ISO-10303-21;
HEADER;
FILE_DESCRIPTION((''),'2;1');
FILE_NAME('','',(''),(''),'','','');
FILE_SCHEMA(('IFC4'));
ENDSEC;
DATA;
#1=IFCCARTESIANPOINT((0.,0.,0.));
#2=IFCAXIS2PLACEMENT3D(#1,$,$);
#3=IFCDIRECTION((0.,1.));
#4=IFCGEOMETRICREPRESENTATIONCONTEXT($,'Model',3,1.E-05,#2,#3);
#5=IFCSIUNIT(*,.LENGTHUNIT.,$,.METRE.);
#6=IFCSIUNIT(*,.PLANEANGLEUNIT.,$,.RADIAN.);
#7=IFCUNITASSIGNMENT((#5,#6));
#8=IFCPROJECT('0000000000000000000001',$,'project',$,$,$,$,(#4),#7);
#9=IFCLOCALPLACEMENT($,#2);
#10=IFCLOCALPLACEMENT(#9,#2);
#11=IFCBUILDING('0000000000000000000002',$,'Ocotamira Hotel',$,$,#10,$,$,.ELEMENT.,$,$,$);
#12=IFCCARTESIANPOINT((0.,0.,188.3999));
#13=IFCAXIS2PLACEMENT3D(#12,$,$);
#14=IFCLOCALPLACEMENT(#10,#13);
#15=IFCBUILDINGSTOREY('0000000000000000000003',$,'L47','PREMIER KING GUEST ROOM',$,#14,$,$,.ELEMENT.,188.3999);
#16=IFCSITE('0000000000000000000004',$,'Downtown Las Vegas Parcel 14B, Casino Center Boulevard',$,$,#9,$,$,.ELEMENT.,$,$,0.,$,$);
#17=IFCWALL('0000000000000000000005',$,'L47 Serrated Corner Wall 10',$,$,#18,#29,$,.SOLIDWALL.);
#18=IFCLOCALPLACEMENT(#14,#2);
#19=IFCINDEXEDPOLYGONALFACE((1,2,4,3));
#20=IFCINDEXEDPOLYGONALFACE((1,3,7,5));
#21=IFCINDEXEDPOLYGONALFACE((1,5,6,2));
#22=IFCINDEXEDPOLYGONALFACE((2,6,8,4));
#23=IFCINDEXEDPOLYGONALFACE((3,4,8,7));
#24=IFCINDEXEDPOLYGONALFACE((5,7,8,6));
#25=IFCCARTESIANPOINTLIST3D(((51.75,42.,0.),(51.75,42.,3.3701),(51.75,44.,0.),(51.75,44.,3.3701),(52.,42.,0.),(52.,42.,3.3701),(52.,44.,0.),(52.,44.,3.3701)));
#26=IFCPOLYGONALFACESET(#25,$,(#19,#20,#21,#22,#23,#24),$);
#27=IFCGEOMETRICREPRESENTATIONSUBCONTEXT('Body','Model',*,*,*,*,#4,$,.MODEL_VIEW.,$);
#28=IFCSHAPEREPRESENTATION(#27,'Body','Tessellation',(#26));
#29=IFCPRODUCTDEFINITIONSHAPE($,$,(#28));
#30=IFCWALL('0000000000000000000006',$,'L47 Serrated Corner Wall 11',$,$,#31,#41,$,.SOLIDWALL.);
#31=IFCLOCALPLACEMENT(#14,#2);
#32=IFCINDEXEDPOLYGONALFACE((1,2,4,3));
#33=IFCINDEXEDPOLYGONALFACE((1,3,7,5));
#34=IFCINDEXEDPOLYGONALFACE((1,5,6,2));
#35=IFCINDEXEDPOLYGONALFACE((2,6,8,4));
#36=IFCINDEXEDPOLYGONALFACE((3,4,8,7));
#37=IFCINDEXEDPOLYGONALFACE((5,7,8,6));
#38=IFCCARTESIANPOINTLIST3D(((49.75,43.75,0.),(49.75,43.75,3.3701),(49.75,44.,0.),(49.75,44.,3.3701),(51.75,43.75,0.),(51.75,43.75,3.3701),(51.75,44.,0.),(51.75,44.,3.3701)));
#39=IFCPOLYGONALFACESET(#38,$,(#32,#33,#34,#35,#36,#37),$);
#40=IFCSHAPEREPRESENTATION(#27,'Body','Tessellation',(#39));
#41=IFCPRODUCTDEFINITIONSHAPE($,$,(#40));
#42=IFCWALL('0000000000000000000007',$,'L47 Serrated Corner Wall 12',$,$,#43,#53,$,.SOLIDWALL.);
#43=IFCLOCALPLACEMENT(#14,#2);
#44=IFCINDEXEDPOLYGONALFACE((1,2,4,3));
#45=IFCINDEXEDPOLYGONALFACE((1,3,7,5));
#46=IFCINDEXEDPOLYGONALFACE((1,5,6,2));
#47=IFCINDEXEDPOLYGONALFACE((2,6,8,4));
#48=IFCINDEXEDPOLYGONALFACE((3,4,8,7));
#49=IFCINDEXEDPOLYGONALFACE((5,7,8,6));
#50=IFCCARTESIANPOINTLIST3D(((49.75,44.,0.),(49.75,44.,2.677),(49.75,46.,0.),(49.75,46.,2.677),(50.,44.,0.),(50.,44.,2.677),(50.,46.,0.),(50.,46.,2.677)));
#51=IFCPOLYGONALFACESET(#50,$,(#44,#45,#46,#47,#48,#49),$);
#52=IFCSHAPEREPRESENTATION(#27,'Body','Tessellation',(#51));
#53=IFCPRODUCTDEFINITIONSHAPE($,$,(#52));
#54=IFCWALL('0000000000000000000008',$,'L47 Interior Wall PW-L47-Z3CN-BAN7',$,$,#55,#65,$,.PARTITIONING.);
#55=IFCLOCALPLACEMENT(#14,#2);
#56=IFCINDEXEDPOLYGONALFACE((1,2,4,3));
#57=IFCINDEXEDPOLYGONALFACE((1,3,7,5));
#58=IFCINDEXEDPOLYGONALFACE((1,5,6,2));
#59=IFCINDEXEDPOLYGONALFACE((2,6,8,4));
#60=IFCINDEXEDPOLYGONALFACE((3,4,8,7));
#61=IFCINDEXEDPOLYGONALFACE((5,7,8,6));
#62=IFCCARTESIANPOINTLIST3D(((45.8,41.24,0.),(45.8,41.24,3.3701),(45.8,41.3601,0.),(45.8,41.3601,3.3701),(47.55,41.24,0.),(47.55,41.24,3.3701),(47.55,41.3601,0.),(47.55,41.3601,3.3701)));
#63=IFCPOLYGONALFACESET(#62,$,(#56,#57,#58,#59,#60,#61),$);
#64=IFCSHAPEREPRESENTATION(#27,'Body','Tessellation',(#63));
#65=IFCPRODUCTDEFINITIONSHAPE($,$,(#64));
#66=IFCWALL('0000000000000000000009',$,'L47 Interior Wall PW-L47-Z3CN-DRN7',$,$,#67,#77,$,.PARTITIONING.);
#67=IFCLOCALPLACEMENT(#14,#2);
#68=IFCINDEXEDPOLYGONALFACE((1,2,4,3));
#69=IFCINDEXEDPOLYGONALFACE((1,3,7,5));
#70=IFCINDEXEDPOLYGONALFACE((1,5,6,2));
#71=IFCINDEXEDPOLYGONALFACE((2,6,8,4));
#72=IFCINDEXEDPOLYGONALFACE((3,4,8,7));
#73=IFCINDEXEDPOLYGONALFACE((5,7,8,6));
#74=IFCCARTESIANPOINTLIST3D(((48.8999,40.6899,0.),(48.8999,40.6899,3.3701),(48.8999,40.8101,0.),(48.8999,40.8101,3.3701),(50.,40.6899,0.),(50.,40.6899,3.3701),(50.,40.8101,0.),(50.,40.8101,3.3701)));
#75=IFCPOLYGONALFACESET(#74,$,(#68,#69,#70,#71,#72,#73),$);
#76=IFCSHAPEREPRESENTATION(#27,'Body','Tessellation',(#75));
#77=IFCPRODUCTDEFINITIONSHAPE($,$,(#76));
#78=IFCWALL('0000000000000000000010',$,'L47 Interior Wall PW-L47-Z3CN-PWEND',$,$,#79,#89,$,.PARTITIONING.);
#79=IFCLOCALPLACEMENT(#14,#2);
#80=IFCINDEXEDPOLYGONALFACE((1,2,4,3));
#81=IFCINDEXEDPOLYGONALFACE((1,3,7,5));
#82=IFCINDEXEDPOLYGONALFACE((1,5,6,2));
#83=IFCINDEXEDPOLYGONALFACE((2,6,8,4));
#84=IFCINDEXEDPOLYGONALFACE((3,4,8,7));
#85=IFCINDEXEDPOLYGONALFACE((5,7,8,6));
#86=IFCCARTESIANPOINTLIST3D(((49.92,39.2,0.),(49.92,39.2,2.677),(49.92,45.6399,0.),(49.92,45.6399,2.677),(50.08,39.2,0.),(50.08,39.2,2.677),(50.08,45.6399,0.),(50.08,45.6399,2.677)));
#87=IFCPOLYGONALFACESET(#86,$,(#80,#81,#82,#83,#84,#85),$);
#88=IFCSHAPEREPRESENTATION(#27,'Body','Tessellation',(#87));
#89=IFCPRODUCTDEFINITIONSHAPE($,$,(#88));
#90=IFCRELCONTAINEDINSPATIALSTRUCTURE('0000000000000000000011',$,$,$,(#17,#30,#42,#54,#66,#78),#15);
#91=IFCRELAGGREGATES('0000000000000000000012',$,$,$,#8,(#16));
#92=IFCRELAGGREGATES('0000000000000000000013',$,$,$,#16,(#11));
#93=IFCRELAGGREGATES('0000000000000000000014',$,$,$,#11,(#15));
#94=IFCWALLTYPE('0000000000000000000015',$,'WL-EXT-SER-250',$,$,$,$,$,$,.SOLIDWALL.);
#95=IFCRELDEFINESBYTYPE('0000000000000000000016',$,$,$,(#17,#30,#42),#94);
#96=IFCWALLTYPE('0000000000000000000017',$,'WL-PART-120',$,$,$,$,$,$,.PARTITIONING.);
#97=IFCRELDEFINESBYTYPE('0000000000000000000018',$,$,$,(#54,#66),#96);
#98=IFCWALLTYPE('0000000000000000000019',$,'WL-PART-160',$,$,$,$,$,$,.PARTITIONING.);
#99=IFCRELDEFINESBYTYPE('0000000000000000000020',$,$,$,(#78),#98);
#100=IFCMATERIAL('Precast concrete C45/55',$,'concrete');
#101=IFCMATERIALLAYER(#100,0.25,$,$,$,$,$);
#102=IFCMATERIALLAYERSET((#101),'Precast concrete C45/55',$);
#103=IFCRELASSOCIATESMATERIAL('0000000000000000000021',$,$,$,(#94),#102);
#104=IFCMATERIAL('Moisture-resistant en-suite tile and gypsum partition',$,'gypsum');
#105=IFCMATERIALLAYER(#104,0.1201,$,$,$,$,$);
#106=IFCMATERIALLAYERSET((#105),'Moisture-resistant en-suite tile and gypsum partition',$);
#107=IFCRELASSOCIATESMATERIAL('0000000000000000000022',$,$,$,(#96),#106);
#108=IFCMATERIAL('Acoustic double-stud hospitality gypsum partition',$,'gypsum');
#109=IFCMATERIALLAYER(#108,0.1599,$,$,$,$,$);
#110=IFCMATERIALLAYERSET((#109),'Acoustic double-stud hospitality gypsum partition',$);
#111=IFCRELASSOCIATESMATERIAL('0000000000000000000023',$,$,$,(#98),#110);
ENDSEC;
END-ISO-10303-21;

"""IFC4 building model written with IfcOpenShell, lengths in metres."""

from ifc_helpers import new_model, si_unit, direction, frame, frame_2d, origin, place, context, subcontext, project, spatial, rectangle, extrude, material, layer, layer_set, type_object, element, save


model = new_model("IFC4")

# Units and contexts
model_context = context("Model", 3, precision=1e-05, world=origin(), true_north=direction((0.0, 1.0)))
body_context = subcontext(model_context, "Body", "Model", "MODEL_VIEW")
ifc_project = project(units=[si_unit("LENGTHUNIT", "METRE"), si_unit("PLANEANGLEUNIT", "RADIAN")], contexts=[model_context])

# Site, building, storey
site_placement = place(None, origin())
site = spatial("IfcSite", under=ifc_project, at=site_placement, Name="Downtown Las Vegas Parcel 14B, Casino Center Boulevard", CompositionType="ELEMENT", RefElevation=0.0)
building_placement = place(site_placement, origin())
building = spatial("IfcBuilding", under=site, at=building_placement, Name="Ocotamira Hotel", CompositionType="ELEMENT")
storey_placement = place(building_placement, frame((0.0, 0.0, 188.3999)))
storey = spatial("IfcBuildingStorey", under=building, at=storey_placement, Name="L47", Description="PREMIER KING GUEST ROOM", CompositionType="ELEMENT", Elevation=188.3999)

# Walls
ifc_material_1 = material(Name="Precast concrete C45/55", Category="concrete")
ifc_layer_1 = layer(ifc_material_1, 0.25)
ifc_layer_set_1 = layer_set([ifc_layer_1], Name="Precast concrete C45/55")
wall_type_1 = type_object("IfcWallType", Name="WL-EXT-SER-250", PredefinedType="SOLIDWALL", material=ifc_layer_set_1)
for number, where, z_axis, x_axis, name in (
    (1, (51.875, 42.0, 0.0), (0.0, 0.0, 1.0), (0.0, 1.0, 0.0), "L47 Serrated Corner Wall 10"),
    (2, (51.75, 43.875, 0.0), (0.0, 0.0, 1.0), (-1.0, 0.0, 0.0), "L47 Serrated Corner Wall 11"),
):
    element("IfcWall", number, at=place(storey_placement, frame(where, z_axis=z_axis, x_axis=x_axis)), inside=storey, type_object=wall_type_1, Name=name, PredefinedType="SOLIDWALL", context=body_context, shape_type="SweptSolid", body=[
        extrude(rectangle(XDim=2.0, YDim=0.25, at=frame_2d((1.0, 0.0))), origin(), (0.0, 0.0, 1.0), 3.3701),
    ])
wall_1_placement = place(storey_placement, frame((49.875, 44.0, 0.0), z_axis=(0.0, 0.0, 1.0), x_axis=(0.0, 1.0, 0.0)))
element("IfcWall", 3, at=wall_1_placement, inside=storey, type_object=wall_type_1, Name="L47 Serrated Corner Wall 12", PredefinedType="SOLIDWALL", context=body_context, shape_type="SweptSolid", body=[
    extrude(rectangle(XDim=2.0, YDim=0.25, at=frame_2d((1.0, 0.0))), origin(), (0.0, 0.0, 1.0), 2.677),
])

# Walls
ifc_material_2 = material(Name="Moisture-resistant en-suite tile and gypsum partition", Category="gypsum")
ifc_layer_2 = layer(ifc_material_2, 0.1201)
ifc_layer_set_2 = layer_set([ifc_layer_2], Name="Moisture-resistant en-suite tile and gypsum partition")
wall_type_2 = type_object("IfcWallType", Name="WL-PART-120", PredefinedType="PARTITIONING", material=ifc_layer_set_2)
wall_2_placement = place(storey_placement, frame((45.8, 41.3, 0.0), z_axis=(0.0, 0.0, 1.0), x_axis=(1.0, 0.0, 0.0)))
element("IfcWall", 4, at=wall_2_placement, inside=storey, type_object=wall_type_2, Name="L47 Interior Wall PW-L47-Z3CN-BAN7", PredefinedType="PARTITIONING", context=body_context, shape_type="SweptSolid", body=[
    extrude(rectangle(XDim=1.75, YDim=0.1201, at=frame_2d((0.875, 0.0))), origin(), (0.0, 0.0, 1.0), 3.3701),
])
wall_3_placement = place(storey_placement, frame((48.8999, 40.75, 0.0), z_axis=(0.0, 0.0, 1.0), x_axis=(1.0, 0.0, 0.0)))
element("IfcWall", 5, at=wall_3_placement, inside=storey, type_object=wall_type_2, Name="L47 Interior Wall PW-L47-Z3CN-DRN7", PredefinedType="PARTITIONING", context=body_context, shape_type="SweptSolid", body=[
    extrude(rectangle(XDim=1.1001, YDim=0.1201, at=frame_2d((0.55, 0.0))), origin(), (0.0, 0.0, 1.0), 3.3701),
])
ifc_material_3 = material(Name="Acoustic double-stud hospitality gypsum partition", Category="gypsum")
ifc_layer_3 = layer(ifc_material_3, 0.1599)
ifc_layer_set_3 = layer_set([ifc_layer_3], Name="Acoustic double-stud hospitality gypsum partition")
wall_type_3 = type_object("IfcWallType", Name="WL-PART-160", PredefinedType="PARTITIONING", material=ifc_layer_set_3)
wall_4_placement = place(storey_placement, frame((50.0, 39.2, 0.0), z_axis=(0.0, 0.0, 1.0), x_axis=(0.0, 1.0, 0.0)))
element("IfcWall", 6, at=wall_4_placement, inside=storey, type_object=wall_type_3, Name="L47 Interior Wall PW-L47-Z3CN-PWEND", PredefinedType="PARTITIONING", context=body_context, shape_type="SweptSolid", body=[
    extrude(rectangle(XDim=6.4399, YDim=0.1599, at=frame_2d((3.22, 0.0))), origin(), (0.0, 0.0, 1.0), 2.677),
])

save(model, "model.ifc")
